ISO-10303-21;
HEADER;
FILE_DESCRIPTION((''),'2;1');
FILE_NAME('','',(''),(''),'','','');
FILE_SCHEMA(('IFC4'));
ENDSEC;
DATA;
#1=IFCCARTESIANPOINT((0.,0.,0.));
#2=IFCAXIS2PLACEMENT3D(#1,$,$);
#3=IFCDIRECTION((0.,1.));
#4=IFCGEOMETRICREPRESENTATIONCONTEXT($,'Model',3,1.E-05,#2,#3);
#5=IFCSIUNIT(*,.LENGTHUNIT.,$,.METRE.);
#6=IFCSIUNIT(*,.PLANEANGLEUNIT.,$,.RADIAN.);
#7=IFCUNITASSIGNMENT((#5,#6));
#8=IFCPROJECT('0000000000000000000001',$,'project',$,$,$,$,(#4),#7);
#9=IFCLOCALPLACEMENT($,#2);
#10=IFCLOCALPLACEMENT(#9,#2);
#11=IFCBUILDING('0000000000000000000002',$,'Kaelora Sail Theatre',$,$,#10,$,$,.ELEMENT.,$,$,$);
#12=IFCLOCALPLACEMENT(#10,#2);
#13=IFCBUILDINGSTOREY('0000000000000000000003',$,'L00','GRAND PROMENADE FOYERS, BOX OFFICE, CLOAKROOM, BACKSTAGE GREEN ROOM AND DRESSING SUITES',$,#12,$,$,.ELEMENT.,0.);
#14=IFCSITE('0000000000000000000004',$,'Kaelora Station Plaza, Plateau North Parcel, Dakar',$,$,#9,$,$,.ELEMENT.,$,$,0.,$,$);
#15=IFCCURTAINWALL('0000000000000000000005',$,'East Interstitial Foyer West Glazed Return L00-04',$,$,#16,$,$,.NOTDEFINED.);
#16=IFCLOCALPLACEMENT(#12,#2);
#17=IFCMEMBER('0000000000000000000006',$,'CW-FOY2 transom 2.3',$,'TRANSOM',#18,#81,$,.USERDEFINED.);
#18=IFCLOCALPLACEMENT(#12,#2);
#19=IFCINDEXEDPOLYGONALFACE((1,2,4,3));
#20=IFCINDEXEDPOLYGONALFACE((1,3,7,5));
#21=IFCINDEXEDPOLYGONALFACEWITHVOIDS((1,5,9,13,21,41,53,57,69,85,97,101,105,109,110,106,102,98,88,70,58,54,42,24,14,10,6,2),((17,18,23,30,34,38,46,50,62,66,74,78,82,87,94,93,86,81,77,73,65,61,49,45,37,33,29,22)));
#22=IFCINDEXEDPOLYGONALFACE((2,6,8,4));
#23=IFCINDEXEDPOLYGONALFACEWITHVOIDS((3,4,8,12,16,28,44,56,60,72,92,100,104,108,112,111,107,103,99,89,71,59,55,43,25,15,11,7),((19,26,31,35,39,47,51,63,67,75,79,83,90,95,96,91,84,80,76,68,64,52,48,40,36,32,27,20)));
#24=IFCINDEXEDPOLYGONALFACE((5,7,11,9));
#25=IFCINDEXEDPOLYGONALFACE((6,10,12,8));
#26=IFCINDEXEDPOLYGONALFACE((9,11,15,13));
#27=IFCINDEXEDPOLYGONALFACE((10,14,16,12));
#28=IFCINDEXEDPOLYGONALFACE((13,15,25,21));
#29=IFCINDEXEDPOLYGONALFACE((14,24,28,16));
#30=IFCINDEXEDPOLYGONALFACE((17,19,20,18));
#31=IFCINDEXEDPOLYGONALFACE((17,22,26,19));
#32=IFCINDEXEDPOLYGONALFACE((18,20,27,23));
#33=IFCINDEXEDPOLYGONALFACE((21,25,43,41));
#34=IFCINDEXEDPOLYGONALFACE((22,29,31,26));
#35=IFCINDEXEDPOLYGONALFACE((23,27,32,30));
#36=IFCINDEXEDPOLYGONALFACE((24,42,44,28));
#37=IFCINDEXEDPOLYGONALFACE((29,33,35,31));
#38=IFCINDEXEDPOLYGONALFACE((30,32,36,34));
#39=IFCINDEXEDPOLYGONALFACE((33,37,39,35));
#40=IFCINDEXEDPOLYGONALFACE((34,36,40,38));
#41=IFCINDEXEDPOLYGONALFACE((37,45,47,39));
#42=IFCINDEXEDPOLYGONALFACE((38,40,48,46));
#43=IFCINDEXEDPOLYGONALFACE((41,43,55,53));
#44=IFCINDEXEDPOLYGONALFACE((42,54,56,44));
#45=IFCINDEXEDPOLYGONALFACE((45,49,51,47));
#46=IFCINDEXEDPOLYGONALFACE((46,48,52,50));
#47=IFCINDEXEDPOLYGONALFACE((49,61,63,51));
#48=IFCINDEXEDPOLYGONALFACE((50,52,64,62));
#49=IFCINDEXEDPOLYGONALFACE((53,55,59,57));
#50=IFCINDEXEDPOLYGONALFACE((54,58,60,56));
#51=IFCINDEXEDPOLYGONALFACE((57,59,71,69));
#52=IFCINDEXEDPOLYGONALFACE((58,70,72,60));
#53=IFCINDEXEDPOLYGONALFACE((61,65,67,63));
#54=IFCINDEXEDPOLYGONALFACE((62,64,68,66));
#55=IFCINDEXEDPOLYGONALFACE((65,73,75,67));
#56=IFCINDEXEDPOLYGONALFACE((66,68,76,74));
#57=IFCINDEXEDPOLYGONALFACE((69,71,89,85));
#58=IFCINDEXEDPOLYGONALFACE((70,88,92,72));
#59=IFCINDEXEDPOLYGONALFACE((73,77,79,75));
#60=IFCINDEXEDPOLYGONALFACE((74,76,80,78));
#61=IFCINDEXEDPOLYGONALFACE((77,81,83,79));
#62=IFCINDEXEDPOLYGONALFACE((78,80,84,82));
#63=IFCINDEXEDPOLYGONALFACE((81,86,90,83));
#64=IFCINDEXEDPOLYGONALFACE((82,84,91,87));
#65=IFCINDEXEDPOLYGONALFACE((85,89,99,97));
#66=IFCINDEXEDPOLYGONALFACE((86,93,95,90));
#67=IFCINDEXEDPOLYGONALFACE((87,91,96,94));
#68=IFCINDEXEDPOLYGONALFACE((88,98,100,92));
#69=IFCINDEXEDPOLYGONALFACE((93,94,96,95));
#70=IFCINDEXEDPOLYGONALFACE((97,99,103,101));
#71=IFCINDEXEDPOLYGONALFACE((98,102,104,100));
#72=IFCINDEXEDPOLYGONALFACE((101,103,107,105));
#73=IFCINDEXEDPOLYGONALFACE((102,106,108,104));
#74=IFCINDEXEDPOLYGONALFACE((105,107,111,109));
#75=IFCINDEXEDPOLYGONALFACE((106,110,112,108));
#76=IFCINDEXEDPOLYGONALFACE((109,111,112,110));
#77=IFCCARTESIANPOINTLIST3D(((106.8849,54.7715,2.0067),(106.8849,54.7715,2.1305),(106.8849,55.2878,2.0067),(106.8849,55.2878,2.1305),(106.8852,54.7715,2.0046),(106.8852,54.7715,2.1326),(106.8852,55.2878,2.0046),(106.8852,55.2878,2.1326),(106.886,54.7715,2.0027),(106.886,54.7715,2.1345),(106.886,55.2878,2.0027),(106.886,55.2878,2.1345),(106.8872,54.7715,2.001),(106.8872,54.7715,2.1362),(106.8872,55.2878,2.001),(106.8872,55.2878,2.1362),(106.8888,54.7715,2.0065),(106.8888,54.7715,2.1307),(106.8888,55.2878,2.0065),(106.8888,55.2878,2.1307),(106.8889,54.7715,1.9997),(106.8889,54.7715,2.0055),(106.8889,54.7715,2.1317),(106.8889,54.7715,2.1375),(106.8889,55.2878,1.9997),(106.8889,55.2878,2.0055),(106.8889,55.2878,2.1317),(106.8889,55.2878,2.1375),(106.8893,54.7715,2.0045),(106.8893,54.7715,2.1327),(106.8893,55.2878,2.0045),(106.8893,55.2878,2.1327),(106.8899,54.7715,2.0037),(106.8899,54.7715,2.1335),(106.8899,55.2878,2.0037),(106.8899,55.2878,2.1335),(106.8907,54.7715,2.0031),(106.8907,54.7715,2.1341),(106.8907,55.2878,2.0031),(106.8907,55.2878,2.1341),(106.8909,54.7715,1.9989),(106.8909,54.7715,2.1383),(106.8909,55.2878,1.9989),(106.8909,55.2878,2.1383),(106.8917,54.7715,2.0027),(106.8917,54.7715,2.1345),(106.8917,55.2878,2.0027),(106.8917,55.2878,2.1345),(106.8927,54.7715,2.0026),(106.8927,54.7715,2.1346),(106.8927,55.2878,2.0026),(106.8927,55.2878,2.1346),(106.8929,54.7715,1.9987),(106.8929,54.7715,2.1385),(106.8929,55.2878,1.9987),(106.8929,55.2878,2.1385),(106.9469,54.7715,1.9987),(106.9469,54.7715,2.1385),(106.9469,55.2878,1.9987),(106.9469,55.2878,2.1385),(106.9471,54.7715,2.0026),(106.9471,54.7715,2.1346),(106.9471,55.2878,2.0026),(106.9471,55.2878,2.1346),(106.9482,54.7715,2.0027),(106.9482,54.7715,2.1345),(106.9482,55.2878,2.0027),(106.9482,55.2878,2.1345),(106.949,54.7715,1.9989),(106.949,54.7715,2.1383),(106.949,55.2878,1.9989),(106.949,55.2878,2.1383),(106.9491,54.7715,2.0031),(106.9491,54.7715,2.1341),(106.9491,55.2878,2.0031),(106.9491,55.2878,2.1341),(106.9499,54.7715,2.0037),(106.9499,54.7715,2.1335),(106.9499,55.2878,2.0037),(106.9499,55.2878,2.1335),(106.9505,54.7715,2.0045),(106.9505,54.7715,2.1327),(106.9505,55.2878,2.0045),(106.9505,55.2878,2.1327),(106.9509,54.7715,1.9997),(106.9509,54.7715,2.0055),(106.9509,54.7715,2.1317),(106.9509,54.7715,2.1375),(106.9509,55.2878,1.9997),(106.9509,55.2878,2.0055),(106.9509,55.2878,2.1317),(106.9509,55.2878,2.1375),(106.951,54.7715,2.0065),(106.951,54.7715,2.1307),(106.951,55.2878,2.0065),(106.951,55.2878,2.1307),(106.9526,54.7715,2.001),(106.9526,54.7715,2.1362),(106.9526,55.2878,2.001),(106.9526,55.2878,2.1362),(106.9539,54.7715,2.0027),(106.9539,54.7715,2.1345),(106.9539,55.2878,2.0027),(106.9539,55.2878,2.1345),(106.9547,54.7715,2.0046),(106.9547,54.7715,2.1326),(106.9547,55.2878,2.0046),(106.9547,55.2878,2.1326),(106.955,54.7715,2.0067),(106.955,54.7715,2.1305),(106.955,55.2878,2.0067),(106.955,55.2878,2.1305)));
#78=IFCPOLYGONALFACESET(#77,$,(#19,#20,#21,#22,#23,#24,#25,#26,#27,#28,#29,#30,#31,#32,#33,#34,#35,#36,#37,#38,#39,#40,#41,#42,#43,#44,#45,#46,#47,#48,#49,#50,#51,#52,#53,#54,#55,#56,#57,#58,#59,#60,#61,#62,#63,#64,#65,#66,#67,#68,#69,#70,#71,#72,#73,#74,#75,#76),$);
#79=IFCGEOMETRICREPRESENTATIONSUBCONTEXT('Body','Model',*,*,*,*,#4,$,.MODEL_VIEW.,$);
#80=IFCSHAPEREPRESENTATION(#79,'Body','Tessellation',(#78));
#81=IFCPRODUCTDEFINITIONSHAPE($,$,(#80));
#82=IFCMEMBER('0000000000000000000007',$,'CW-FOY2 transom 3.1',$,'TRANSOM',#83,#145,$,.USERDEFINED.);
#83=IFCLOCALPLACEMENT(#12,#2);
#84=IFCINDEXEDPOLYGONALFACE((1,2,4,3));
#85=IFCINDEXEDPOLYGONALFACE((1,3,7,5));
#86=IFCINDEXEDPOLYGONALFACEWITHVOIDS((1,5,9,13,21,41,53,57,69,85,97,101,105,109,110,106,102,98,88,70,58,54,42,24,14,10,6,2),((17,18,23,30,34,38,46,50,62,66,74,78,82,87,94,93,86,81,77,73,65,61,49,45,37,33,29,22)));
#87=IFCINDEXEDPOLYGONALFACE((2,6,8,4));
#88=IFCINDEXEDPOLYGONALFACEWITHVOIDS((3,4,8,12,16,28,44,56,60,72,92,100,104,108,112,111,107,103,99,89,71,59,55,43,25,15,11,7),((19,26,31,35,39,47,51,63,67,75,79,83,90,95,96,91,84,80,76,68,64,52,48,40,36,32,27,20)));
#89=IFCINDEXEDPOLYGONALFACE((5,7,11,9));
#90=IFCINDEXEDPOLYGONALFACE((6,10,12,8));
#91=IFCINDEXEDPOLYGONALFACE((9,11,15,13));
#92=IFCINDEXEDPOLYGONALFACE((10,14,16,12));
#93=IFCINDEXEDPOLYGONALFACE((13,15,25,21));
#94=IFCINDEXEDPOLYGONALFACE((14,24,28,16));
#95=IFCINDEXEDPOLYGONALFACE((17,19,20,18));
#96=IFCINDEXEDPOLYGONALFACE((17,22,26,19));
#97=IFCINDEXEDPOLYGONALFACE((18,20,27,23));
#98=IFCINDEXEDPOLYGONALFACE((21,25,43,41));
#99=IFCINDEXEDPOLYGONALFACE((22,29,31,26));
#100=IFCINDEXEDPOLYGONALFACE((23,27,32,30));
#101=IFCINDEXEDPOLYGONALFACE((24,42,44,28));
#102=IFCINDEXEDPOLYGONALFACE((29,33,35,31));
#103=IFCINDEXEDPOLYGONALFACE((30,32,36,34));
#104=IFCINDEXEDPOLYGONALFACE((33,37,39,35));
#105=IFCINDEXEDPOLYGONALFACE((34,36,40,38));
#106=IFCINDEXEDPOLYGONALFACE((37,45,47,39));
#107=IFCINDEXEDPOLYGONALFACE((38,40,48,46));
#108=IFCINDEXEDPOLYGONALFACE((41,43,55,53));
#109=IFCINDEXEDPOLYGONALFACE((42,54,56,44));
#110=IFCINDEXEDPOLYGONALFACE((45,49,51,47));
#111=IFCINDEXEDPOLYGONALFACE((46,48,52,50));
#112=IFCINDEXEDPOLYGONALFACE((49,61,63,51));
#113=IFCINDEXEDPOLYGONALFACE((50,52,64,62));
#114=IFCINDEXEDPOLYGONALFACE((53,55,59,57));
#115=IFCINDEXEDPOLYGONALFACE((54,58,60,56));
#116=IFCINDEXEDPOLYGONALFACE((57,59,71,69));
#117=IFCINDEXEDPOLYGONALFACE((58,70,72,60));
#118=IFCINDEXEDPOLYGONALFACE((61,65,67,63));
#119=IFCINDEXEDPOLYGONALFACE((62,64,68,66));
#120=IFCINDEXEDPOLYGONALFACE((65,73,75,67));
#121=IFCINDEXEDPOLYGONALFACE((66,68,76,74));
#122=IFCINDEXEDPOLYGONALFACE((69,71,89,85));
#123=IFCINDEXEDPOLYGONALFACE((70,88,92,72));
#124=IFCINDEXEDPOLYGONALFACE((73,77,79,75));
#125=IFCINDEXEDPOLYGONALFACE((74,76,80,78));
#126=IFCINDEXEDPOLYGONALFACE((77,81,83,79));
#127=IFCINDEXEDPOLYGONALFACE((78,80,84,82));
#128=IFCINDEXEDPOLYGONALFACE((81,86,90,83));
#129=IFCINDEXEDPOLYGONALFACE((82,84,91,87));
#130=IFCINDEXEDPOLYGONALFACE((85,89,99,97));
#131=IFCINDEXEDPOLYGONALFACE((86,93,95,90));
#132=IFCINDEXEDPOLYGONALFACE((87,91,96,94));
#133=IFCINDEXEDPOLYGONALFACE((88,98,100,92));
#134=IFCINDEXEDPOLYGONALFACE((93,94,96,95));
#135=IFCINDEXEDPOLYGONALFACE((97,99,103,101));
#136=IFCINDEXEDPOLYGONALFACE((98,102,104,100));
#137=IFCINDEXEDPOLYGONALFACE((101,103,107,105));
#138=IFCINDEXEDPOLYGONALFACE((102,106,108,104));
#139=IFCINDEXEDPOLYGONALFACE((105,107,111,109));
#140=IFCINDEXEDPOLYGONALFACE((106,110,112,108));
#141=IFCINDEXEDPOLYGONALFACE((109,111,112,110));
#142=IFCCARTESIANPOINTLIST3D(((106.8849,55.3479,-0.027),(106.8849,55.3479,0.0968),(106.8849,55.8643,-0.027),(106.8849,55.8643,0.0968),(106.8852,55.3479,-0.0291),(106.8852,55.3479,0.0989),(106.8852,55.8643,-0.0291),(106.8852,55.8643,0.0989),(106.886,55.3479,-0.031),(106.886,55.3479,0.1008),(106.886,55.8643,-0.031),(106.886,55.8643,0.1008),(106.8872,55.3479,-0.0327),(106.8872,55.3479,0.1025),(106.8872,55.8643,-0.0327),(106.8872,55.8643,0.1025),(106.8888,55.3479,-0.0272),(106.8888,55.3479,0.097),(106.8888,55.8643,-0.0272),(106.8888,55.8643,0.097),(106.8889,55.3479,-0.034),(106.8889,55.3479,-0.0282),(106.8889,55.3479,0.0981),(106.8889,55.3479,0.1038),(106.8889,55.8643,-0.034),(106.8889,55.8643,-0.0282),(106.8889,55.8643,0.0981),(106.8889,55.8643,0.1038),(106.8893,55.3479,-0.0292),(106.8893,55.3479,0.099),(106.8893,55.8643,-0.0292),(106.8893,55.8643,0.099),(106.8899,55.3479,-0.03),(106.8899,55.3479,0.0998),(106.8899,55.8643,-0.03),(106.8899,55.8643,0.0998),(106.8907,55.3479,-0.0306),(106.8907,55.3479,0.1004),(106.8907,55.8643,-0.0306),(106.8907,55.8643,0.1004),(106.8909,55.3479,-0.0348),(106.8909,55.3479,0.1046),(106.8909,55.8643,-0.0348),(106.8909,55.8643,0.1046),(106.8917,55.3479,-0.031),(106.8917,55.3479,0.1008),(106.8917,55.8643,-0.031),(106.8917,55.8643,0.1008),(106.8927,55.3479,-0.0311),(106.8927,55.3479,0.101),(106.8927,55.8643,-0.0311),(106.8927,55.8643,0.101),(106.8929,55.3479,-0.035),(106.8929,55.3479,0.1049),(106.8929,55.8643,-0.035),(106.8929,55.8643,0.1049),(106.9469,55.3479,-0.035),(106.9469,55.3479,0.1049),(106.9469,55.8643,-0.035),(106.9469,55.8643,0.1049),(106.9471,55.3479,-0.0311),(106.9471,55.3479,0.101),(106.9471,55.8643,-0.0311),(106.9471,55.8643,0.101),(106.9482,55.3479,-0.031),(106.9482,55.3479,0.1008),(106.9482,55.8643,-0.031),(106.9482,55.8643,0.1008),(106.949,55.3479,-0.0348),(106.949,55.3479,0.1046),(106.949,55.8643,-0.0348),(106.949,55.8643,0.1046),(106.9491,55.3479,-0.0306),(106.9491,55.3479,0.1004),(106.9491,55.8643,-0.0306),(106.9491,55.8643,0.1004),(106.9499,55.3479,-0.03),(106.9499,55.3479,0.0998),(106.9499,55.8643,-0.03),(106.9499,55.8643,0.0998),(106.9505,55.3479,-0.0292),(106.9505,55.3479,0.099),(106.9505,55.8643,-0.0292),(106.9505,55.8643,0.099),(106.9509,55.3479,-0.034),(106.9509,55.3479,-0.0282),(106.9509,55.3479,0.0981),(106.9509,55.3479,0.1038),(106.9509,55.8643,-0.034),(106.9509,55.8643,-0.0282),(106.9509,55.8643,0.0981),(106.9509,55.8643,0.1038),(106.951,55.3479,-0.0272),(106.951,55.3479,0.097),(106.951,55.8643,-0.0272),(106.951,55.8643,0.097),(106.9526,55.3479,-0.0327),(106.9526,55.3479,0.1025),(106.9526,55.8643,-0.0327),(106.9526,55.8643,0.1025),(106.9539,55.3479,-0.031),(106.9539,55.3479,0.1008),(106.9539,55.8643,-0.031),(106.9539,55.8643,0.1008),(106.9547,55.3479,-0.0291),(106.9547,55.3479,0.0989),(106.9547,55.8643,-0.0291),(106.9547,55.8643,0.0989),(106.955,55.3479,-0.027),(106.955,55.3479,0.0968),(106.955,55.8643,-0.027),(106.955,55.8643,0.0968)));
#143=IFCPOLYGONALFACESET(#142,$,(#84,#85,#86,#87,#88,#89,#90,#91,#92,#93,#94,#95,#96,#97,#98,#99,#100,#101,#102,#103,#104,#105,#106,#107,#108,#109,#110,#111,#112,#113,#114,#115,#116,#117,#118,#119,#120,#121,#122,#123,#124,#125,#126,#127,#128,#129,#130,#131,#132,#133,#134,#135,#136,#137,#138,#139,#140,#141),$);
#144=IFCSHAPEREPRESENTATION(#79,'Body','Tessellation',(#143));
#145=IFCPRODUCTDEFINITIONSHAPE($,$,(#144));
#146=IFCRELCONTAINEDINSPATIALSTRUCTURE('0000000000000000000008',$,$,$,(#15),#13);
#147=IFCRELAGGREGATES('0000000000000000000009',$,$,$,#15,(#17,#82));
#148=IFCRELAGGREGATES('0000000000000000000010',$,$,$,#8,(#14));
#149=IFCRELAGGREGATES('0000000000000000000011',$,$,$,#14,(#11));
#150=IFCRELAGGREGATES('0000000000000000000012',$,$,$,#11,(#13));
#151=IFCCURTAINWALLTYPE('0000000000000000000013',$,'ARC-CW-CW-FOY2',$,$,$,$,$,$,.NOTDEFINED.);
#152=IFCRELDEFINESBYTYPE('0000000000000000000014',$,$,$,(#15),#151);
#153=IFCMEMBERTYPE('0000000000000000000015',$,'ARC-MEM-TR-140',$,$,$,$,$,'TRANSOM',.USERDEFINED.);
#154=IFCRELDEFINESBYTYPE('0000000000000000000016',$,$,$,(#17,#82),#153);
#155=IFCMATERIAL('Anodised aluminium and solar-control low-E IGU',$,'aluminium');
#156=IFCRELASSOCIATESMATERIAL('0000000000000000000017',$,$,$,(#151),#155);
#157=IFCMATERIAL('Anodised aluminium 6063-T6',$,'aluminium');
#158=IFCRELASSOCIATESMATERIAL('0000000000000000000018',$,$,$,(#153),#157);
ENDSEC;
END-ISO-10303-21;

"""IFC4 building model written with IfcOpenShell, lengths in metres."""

from ifc_helpers import new_model, si_unit, direction, frame, origin, origin_2d, place, context, subcontext, project, spatial, hollow_rectangle, extrude, material, material_profile, profile_set, type_object, element, aggregate, save


model = new_model("IFC4")

# Units and contexts
model_context = context("Model", 3, precision=1e-05, world=origin(), true_north=direction((0.0, 1.0)))
body_context = subcontext(model_context, "Body", "Model", "MODEL_VIEW")
ifc_project = project(units=[si_unit("LENGTHUNIT", "METRE"), si_unit("PLANEANGLEUNIT", "RADIAN")], contexts=[model_context])

# Site, building, storey
site_placement = place(None, origin())
site = spatial("IfcSite", under=ifc_project, at=site_placement, Name="Kaelora Station Plaza, Plateau North Parcel, Dakar", CompositionType="ELEMENT", RefElevation=0.0)
building_placement = place(site_placement, origin())
building = spatial("IfcBuilding", under=site, at=building_placement, Name="Kaelora Sail Theatre", CompositionType="ELEMENT")
storey_placement = place(building_placement, origin())
storey = spatial("IfcBuildingStorey", under=building, at=storey_placement, Name="L00", Description="GRAND PROMENADE FOYERS, BOX OFFICE, CLOAKROOM, BACKSTAGE GREEN ROOM AND DRESSING SUITES", CompositionType="ELEMENT", Elevation=0.0)

# Curtain wall, members
ifc_material_1 = material(Name="Anodised aluminium and solar-control low-E IGU", Category="aluminium")
curtain_wall_type = type_object("IfcCurtainWallType", Name="ARC-CW-CW-FOY2", PredefinedType="NOTDEFINED", material=ifc_material_1)
curtain_wall_placement = place(storey_placement, origin())
curtain_wall = element("IfcCurtainWall", 1, at=curtain_wall_placement, inside=storey, type_object=curtain_wall_type, Name="East Interstitial Foyer West Glazed Return L00-04", PredefinedType="NOTDEFINED")
ifc_material_2 = material(Name="Anodised aluminium 6063-T6", Category="aluminium")
ifc_material_profile_1 = material_profile(ifc_material_2, hollow_rectangle(XDim=0.0701, YDim=0.1399, WallThickness=0.0039, InnerFilletRadius=0.0039, OuterFilletRadius=0.0081, at=origin_2d()), Name="ALU-TRAN 70x140x4")
ifc_profile_set_1 = profile_set([ifc_material_profile_1], Name="Anodised aluminium 6063-T6")
member_type_1 = type_object("IfcMemberType", Name="ARC-MEM-TR-140", ElementType="TRANSOM", PredefinedType="USERDEFINED", material=ifc_profile_set_1)
member_1_placement = place(storey_placement, frame((106.9199, 54.7715, 2.0686), z_axis=(0.0, 1.0, 0.0), x_axis=(-1.0, 0.0, 0.0)))
member_1 = element("IfcMember", 2, at=member_1_placement, type_object=member_type_1, Name="CW-FOY2 transom 2.3", ObjectType="TRANSOM", PredefinedType="USERDEFINED", context=body_context, shape_type="SweptSolid", body=[
    extrude(hollow_rectangle(XDim=0.0701, YDim=0.1399, WallThickness=0.0039, InnerFilletRadius=0.0039, OuterFilletRadius=0.0081, at=origin_2d()), origin(), (0.0, 0.0, 1.0), 0.5164),
])
member_2_placement = place(storey_placement, frame((106.9199, 55.3479, 0.0349), z_axis=(0.0, 1.0, 0.0), x_axis=(-1.0, 0.0, 0.0)))
member_2 = element("IfcMember", 3, at=member_2_placement, type_object=member_type_1, Name="CW-FOY2 transom 3.1", ObjectType="TRANSOM", PredefinedType="USERDEFINED", context=body_context, shape_type="SweptSolid", body=[
    extrude(hollow_rectangle(XDim=0.0701, YDim=0.1399, WallThickness=0.0039, InnerFilletRadius=0.0039, OuterFilletRadius=0.0081, at=origin_2d()), origin(), (0.0, 0.0, 1.0), 0.5164),
])
aggregate(curtain_wall, [member_1, member_2])

save(model, "model.ifc")
